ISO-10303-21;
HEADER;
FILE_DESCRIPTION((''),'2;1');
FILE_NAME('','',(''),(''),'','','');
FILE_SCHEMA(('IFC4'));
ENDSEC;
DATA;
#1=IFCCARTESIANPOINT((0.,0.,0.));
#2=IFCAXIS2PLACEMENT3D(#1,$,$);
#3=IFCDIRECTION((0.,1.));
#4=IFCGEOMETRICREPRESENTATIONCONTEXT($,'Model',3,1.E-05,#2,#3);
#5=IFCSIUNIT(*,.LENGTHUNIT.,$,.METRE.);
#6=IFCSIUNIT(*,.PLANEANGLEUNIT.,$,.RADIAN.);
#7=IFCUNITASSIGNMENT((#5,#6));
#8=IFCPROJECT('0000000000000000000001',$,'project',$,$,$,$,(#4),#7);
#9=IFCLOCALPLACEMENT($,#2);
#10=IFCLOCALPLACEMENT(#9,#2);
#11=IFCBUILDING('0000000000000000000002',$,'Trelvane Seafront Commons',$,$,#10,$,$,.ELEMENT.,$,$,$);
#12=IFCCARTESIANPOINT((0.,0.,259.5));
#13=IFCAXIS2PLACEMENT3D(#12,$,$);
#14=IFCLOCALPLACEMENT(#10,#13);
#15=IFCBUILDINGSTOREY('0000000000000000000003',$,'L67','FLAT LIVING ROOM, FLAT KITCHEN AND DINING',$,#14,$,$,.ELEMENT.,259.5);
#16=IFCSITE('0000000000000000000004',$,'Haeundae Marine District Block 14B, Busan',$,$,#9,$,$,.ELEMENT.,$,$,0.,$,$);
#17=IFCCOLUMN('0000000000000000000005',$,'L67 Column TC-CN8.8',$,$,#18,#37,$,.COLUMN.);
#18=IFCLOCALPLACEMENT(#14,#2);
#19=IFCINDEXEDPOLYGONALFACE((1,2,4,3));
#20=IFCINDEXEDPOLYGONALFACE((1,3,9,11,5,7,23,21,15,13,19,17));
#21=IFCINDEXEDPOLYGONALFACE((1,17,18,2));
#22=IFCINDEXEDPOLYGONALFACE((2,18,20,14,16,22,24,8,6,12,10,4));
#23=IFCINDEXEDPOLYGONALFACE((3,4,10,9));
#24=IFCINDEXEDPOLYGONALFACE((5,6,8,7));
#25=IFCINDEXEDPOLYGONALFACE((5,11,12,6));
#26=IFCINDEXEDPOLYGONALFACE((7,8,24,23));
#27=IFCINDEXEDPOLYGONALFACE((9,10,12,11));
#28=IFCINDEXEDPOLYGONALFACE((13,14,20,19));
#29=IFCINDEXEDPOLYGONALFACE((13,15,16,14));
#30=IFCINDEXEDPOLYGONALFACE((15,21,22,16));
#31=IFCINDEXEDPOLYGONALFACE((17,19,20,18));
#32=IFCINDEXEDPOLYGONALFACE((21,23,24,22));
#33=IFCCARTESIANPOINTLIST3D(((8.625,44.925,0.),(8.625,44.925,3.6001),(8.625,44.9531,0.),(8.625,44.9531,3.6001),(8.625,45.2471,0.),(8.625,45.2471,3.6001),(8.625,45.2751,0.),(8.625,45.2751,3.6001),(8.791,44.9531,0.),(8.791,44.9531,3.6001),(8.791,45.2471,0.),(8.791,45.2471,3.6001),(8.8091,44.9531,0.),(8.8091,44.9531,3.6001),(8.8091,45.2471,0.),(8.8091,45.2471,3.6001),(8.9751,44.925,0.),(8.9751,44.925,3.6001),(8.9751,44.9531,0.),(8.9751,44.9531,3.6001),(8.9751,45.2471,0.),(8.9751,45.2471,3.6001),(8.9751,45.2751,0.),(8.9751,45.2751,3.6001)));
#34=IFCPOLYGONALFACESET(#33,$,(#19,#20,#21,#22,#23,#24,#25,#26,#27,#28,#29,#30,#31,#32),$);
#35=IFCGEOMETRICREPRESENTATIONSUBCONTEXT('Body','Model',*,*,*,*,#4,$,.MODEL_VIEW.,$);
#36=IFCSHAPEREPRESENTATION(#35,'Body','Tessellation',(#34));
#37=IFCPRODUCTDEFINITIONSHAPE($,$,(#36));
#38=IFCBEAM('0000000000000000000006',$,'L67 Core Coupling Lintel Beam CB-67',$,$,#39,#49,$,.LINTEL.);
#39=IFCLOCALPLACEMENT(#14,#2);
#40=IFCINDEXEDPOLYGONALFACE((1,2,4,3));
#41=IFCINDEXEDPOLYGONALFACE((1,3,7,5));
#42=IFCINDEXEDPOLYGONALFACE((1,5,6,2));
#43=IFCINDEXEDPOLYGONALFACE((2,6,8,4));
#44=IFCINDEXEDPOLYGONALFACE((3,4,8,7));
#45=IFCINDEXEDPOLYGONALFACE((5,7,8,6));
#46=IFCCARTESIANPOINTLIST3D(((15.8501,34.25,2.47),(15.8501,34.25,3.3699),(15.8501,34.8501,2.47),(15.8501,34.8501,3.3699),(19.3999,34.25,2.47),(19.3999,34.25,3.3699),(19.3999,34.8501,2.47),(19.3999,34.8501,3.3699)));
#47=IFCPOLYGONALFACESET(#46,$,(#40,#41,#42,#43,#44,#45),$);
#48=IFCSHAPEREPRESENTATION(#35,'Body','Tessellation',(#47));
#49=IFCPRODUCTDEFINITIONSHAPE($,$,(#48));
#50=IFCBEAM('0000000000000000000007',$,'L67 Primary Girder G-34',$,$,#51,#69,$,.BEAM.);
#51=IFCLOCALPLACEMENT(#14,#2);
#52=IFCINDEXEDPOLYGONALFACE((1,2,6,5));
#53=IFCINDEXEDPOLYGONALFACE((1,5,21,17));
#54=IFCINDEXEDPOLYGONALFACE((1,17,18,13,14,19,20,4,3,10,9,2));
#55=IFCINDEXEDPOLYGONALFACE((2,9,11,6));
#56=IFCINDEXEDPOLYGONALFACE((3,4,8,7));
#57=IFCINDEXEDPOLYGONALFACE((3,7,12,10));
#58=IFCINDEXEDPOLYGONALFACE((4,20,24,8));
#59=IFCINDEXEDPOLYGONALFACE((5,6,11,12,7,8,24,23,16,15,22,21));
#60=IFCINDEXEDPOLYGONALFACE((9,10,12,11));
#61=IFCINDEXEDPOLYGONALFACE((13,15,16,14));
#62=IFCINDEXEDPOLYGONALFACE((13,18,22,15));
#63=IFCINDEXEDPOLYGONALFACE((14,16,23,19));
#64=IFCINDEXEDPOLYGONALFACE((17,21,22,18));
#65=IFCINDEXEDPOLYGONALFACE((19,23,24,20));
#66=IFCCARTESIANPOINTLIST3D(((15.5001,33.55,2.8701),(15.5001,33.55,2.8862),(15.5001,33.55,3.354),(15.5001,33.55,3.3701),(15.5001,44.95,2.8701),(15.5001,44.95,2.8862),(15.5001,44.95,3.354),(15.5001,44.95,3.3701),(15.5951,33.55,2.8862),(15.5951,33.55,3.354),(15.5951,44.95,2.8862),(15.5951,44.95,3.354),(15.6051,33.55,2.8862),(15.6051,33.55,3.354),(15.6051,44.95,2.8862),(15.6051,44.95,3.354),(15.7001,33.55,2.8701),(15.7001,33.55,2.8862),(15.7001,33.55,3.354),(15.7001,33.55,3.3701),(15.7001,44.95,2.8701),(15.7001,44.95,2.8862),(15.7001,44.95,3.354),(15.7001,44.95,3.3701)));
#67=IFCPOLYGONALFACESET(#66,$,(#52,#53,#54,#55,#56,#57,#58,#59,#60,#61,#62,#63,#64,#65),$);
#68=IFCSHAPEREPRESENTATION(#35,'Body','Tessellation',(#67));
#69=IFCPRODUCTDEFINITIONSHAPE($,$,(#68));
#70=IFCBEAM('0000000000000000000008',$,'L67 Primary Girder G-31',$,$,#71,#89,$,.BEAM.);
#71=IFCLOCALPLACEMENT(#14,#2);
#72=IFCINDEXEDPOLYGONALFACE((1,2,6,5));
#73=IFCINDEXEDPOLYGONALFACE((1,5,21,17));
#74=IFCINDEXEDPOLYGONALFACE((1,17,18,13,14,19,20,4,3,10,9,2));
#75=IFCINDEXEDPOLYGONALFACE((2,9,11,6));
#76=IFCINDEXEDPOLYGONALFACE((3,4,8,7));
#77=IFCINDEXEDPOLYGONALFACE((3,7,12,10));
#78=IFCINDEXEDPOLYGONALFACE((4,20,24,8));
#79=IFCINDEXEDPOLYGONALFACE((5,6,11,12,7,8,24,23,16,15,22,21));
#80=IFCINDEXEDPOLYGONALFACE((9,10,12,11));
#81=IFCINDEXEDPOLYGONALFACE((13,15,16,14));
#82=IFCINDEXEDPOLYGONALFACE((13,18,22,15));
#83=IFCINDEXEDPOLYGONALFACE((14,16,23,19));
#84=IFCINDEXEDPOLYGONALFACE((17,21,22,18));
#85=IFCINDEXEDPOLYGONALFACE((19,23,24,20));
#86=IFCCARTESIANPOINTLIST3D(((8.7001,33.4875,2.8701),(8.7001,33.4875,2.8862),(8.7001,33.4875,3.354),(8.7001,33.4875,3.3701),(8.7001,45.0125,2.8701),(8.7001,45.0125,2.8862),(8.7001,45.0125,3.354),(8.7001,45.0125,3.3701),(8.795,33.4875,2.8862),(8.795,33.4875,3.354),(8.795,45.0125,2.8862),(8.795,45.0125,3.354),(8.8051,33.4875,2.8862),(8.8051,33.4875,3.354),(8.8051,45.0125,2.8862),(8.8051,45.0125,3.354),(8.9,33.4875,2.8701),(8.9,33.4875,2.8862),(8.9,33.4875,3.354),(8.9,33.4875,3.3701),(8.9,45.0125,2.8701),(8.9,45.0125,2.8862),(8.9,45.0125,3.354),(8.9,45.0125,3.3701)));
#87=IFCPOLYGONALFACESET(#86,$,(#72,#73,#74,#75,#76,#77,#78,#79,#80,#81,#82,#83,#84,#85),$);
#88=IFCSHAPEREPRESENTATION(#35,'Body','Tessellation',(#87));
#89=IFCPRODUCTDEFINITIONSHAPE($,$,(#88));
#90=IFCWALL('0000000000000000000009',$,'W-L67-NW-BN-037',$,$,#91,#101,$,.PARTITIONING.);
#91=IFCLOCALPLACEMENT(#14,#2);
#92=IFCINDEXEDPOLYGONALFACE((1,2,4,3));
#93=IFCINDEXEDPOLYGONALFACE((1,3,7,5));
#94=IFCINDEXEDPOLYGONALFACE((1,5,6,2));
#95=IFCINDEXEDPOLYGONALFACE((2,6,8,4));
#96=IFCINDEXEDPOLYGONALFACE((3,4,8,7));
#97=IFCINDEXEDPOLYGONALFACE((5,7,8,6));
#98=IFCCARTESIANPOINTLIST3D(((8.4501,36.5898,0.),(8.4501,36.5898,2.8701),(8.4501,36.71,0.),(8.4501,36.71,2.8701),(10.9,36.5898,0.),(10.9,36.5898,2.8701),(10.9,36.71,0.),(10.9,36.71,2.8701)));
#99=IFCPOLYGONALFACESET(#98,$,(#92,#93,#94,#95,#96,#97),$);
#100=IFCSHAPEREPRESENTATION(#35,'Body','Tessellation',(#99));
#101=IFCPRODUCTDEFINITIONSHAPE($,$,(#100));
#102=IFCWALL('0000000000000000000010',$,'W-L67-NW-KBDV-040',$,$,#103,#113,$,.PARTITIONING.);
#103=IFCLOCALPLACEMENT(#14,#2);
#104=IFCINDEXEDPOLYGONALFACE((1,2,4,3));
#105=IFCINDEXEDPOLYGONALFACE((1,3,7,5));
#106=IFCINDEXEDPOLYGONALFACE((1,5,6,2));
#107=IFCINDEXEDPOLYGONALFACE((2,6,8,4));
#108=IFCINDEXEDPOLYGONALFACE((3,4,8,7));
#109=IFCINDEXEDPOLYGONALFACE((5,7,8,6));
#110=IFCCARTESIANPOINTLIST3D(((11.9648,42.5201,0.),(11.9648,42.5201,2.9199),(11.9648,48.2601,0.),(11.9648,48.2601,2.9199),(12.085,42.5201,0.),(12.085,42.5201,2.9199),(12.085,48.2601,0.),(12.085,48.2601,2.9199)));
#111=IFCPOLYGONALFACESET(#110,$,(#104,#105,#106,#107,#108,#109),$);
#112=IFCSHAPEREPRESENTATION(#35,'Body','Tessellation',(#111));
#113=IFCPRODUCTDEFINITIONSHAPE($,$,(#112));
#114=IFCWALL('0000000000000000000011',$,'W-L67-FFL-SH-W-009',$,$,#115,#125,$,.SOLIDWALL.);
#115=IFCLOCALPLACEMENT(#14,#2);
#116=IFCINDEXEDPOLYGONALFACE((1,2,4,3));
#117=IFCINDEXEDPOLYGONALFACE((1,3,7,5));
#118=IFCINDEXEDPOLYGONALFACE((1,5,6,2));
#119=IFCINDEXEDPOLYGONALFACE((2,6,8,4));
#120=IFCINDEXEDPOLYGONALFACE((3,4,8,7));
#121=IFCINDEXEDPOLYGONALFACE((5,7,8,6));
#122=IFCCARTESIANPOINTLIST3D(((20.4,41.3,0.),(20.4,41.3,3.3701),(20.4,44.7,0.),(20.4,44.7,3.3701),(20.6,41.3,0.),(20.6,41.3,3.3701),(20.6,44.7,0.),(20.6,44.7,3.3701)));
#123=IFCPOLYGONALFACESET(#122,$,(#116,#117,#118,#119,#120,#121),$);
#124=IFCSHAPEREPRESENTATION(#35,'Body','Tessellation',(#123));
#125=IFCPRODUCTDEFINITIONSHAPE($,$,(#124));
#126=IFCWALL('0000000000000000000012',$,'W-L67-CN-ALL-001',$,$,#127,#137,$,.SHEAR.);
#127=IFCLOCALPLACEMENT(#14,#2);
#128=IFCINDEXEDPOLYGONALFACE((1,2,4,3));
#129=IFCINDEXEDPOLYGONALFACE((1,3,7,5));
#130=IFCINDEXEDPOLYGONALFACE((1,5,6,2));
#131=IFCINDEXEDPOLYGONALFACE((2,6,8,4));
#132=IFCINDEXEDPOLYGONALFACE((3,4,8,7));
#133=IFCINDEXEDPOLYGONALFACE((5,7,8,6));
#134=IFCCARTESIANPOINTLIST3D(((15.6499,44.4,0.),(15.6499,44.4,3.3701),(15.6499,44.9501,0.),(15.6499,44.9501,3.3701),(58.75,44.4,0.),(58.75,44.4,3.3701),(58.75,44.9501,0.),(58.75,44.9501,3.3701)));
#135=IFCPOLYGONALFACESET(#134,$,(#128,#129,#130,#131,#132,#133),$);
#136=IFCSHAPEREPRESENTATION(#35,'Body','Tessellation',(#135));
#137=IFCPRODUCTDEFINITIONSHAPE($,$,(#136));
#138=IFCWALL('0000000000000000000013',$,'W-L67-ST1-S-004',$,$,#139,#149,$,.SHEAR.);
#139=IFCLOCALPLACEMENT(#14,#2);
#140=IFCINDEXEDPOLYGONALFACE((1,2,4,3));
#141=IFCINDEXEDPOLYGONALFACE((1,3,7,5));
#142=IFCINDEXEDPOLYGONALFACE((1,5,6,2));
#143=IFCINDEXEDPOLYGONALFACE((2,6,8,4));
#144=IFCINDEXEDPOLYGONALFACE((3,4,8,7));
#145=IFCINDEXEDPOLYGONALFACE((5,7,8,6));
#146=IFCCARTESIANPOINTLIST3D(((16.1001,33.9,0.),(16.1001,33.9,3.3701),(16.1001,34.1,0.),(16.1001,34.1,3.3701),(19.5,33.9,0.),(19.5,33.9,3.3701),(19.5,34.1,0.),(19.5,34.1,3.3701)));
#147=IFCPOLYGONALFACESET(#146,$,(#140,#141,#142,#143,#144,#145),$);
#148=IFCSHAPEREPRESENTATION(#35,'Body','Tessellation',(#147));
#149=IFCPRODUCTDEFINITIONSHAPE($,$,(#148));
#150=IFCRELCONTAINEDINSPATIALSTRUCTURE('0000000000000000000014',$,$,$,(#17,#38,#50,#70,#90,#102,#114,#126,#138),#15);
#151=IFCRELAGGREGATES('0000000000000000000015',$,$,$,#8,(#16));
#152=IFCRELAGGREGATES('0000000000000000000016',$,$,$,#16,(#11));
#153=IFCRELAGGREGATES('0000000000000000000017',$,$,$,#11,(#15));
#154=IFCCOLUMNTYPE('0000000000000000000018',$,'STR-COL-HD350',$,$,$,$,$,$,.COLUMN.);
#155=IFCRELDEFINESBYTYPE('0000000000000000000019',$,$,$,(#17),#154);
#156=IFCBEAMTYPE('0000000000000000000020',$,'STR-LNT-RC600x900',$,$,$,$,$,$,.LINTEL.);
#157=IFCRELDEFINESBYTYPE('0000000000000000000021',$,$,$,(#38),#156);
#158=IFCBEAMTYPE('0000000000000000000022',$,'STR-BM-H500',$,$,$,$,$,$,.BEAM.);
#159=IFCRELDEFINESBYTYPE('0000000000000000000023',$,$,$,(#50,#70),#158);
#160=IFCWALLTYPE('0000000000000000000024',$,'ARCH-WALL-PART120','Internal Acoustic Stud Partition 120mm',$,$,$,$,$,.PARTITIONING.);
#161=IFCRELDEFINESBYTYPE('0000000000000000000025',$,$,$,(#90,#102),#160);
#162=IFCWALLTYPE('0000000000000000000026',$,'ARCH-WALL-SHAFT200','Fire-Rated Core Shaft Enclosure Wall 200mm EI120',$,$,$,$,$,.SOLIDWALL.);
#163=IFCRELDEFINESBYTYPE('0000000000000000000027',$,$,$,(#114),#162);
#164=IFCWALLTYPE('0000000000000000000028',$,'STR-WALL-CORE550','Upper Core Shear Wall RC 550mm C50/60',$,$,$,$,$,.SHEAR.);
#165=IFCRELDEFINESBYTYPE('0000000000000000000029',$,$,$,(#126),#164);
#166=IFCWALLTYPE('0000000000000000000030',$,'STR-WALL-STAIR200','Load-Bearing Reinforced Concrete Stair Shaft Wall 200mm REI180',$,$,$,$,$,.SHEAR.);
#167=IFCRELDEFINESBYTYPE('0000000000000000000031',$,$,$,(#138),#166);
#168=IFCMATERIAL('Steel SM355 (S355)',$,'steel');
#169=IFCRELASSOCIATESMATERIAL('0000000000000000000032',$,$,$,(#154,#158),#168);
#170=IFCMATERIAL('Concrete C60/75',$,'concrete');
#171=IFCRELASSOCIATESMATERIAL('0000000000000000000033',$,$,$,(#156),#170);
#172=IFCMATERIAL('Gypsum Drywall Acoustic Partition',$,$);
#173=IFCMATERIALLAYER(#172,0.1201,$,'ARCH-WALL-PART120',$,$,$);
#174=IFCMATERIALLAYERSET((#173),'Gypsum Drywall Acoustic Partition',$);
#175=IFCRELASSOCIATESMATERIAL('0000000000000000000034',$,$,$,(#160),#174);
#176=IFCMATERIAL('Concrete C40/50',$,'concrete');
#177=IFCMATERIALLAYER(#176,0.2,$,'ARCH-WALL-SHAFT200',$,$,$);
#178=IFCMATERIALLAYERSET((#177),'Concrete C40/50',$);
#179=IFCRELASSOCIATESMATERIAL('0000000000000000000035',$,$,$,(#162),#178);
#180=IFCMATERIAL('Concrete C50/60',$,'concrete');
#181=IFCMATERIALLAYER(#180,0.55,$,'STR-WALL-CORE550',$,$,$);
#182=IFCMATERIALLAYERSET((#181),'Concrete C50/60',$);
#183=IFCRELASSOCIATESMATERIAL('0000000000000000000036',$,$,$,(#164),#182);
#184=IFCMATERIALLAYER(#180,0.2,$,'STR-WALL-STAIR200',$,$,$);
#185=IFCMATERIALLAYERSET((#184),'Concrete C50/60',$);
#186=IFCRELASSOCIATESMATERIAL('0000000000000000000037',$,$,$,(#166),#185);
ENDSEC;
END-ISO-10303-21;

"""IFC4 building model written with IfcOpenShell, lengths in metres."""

from ifc_helpers import new_model, si_unit, direction, frame, frame_2d, origin, origin_2d, place, context, subcontext, project, spatial, rectangle, i_section, extrude, source, transform, mapped, material, layer, layer_set, material_profile, profile_set, type_object, element, save


model = new_model("IFC4")

# Units and contexts
model_context = context("Model", 3, precision=1e-05, world=origin(), true_north=direction((0.0, 1.0)))
body_context = subcontext(model_context, "Body", "Model", "MODEL_VIEW")
ifc_project = project(units=[si_unit("LENGTHUNIT", "METRE"), si_unit("PLANEANGLEUNIT", "RADIAN")], contexts=[model_context])

# Site, building, storey
site_placement = place(None, origin())
site = spatial("IfcSite", under=ifc_project, at=site_placement, Name="Haeundae Marine District Block 14B, Busan", CompositionType="ELEMENT", RefElevation=0.0)
building_placement = place(site_placement, origin())
building = spatial("IfcBuilding", under=site, at=building_placement, Name="Trelvane Seafront Commons", CompositionType="ELEMENT")
storey_placement = place(building_placement, frame((0.0, 0.0, 259.5)))
storey = spatial("IfcBuildingStorey", under=building, at=storey_placement, Name="L67", Description="FLAT LIVING ROOM, FLAT KITCHEN AND DINING", CompositionType="ELEMENT", Elevation=259.5)

# Column
ifc_material_1 = material(Name="Steel SM355 (S355)", Category="steel")
ifc_material_profile_1 = material_profile(ifc_material_1, i_section(OverallWidth=0.3501, OverallDepth=0.3501, WebThickness=0.0181, FlangeThickness=0.0281, at=origin_2d()), Name="HD-350x350x18x28")
ifc_profile_set_1 = profile_set([ifc_material_profile_1], Name="Steel SM355 (S355)")
column_type = type_object("IfcColumnType", Name="STR-COL-HD350", PredefinedType="COLUMN", material=ifc_profile_set_1)
shared_shape_1 = source(origin(), body_context, "Body", "SweptSolid", [
    extrude(i_section(OverallWidth=0.3501, OverallDepth=0.3501, WebThickness=0.0181, FlangeThickness=0.0281, at=origin_2d()), origin(), (0.0, 0.0, 1.0), 3.6001),
])
column_placement = place(storey_placement, frame((8.8, 45.1001, 0.0), z_axis=(0.0, 0.0, 1.0), x_axis=(1.0, 0.0, 0.0)))
element("IfcColumn", 1, at=column_placement, inside=storey, type_object=column_type, Name="L67 Column TC-CN8.8", PredefinedType="COLUMN", context=body_context, shape_type="MappedRepresentation", body=[
    mapped(shared_shape_1, transform((0.0, 0.0, 0.0), x_axis=(1.0, 0.0, 0.0), y_axis=(0.0, 1.0, 0.0), z_axis=(0.0, 0.0, 1.0), scale=1.0)),
])

# Beams
ifc_material_2 = material(Name="Concrete C60/75", Category="concrete")
ifc_material_profile_2 = material_profile(ifc_material_2, rectangle(XDim=0.6001, YDim=0.8999, at=origin_2d()), Name="RC-600x900")
ifc_profile_set_2 = profile_set([ifc_material_profile_2], Name="Concrete C60/75")
beam_type_1 = type_object("IfcBeamType", Name="STR-LNT-RC600x900", PredefinedType="LINTEL", material=ifc_profile_set_2)
shared_shape_2 = source(origin(), body_context, "Body", "SweptSolid", [
    extrude(rectangle(XDim=0.6001, YDim=0.8999, at=origin_2d()), origin(), (0.0, 0.0, 1.0), 3.5498),
])
beam_1_placement = place(storey_placement, frame((15.8501, 34.55, 2.9199), z_axis=(1.0, 0.0, 0.0), x_axis=(0.0, 1.0, 0.0)))
element("IfcBeam", 2, at=beam_1_placement, inside=storey, type_object=beam_type_1, Name="L67 Core Coupling Lintel Beam CB-67", PredefinedType="LINTEL", context=body_context, shape_type="MappedRepresentation", body=[
    mapped(shared_shape_2, transform((0.0, 0.0, 0.0), x_axis=(1.0, 0.0, 0.0), y_axis=(0.0, 1.0, 0.0), z_axis=(0.0, 0.0, 1.0), scale=1.0)),
])
ifc_material_profile_3 = material_profile(ifc_material_1, i_section(OverallWidth=0.2, OverallDepth=0.5, WebThickness=0.01, FlangeThickness=0.0161, at=origin_2d()), Name="H-500x200x10x16")
ifc_profile_set_3 = profile_set([ifc_material_profile_3], Name="Steel SM355 (S355)")
beam_type_2 = type_object("IfcBeamType", Name="STR-BM-H500", PredefinedType="BEAM", material=ifc_profile_set_3)
shared_shape_3 = source(origin(), body_context, "Body", "SweptSolid", [
    extrude(i_section(OverallWidth=0.2, OverallDepth=0.5, WebThickness=0.01, FlangeThickness=0.0161, at=origin_2d()), origin(), (0.0, 0.0, 1.0), 11.3999),
])
beam_2_placement = place(storey_placement, frame((15.6001, 33.55, 3.1201), z_axis=(0.0, 1.0, 0.0), x_axis=(-1.0, 0.0, 0.0)))
element("IfcBeam", 3, at=beam_2_placement, inside=storey, type_object=beam_type_2, Name="L67 Primary Girder G-34", PredefinedType="BEAM", context=body_context, shape_type="MappedRepresentation", body=[
    mapped(shared_shape_3, transform((0.0, 0.0, 0.0), x_axis=(1.0, 0.0, 0.0), y_axis=(0.0, 1.0, 0.0), z_axis=(0.0, 0.0, 1.0), scale=1.0)),
])
shared_shape_4 = source(origin(), body_context, "Body", "SweptSolid", [
    extrude(i_section(OverallWidth=0.2, OverallDepth=0.5, WebThickness=0.01, FlangeThickness=0.0161, at=origin_2d()), origin(), (0.0, 0.0, 1.0), 11.5249),
])
beam_3_placement = place(storey_placement, frame((8.8, 33.4875, 3.1201), z_axis=(0.0, 1.0, 0.0), x_axis=(-1.0, 0.0, 0.0)))
element("IfcBeam", 4, at=beam_3_placement, inside=storey, type_object=beam_type_2, Name="L67 Primary Girder G-31", PredefinedType="BEAM", context=body_context, shape_type="MappedRepresentation", body=[
    mapped(shared_shape_4, transform((0.0, 0.0, 0.0), x_axis=(1.0, 0.0, 0.0), y_axis=(0.0, 1.0, 0.0), z_axis=(0.0, 0.0, 1.0), scale=1.0)),
])

# Wall
ifc_material_3 = material(Name="Gypsum Drywall Acoustic Partition")
ifc_layer_1 = layer(ifc_material_3, 0.1201, Name="ARCH-WALL-PART120")
ifc_layer_set_1 = layer_set([ifc_layer_1], Name="Gypsum Drywall Acoustic Partition")
wall_type_1 = type_object("IfcWallType", Name="ARCH-WALL-PART120", Description="Internal Acoustic Stud Partition 120mm", PredefinedType="PARTITIONING", material=ifc_layer_set_1)
wall_1_placement = place(storey_placement, frame((8.45, 36.6499, 0.0), z_axis=(0.0, 0.0, 1.0), x_axis=(1.0, 0.0, 0.0)))
element("IfcWall", 5, at=wall_1_placement, inside=storey, type_object=wall_type_1, Name="W-L67-NW-BN-037", PredefinedType="PARTITIONING", context=body_context, shape_type="SweptSolid", body=[
    extrude(rectangle(XDim=2.45, YDim=0.1201, at=frame_2d((1.2251, 0.0))), origin(), (0.0, 0.0, 1.0), 2.8701),
])

# Wall
wall_2_placement = place(storey_placement, frame((12.0249, 42.52, 0.0), z_axis=(0.0, 0.0, 1.0), x_axis=(0.0, 1.0, 0.0)))
element("IfcWall", 6, at=wall_2_placement, inside=storey, type_object=wall_type_1, Name="W-L67-NW-KBDV-040", PredefinedType="PARTITIONING", context=body_context, shape_type="SweptSolid", body=[
    extrude(rectangle(XDim=5.74, YDim=0.1201, at=frame_2d((2.8701, 0.0))), origin(), (0.0, 0.0, 1.0), 2.9199),
])

# Shared definitions
ifc_material_4 = material(Name="Concrete C40/50", Category="concrete")
ifc_layer_2 = layer(ifc_material_4, 0.2, Name="ARCH-WALL-SHAFT200")
ifc_layer_set_2 = layer_set([ifc_layer_2], Name="Concrete C40/50")
wall_type_2 = type_object("IfcWallType", Name="ARCH-WALL-SHAFT200", Description="Fire-Rated Core Shaft Enclosure Wall 200mm EI120", PredefinedType="SOLIDWALL", material=ifc_layer_set_2)

# Walls
wall_3_placement = place(storey_placement, frame((20.5, 41.3, 0.0), z_axis=(0.0, 0.0, 1.0), x_axis=(0.0, 1.0, 0.0)))
element("IfcWall", 7, at=wall_3_placement, inside=storey, type_object=wall_type_2, Name="W-L67-FFL-SH-W-009", PredefinedType="SOLIDWALL", context=body_context, shape_type="SweptSolid", body=[
    extrude(rectangle(XDim=3.3999, YDim=0.2, at=frame_2d((1.7, 0.0))), origin(), (0.0, 0.0, 1.0), 3.3701),
])
ifc_material_5 = material(Name="Concrete C50/60", Category="concrete")
ifc_layer_3 = layer(ifc_material_5, 0.55, Name="STR-WALL-CORE550")
ifc_layer_set_3 = layer_set([ifc_layer_3], Name="Concrete C50/60")
wall_type_3 = type_object("IfcWallType", Name="STR-WALL-CORE550", Description="Upper Core Shear Wall RC 550mm C50/60", PredefinedType="SHEAR", material=ifc_layer_set_3)
wall_4_placement = place(storey_placement, frame((15.6499, 44.675, 0.0), z_axis=(0.0, 0.0, 1.0), x_axis=(1.0, 0.0, 0.0)))
element("IfcWall", 8, at=wall_4_placement, inside=storey, type_object=wall_type_3, Name="W-L67-CN-ALL-001", PredefinedType="SHEAR", context=body_context, shape_type="SweptSolid", body=[
    extrude(rectangle(XDim=43.1001, YDim=0.55, at=frame_2d((21.55, 0.0))), origin(), (0.0, 0.0, 1.0), 3.3701),
])
ifc_layer_4 = layer(ifc_material_5, 0.2, Name="STR-WALL-STAIR200")
ifc_layer_set_4 = layer_set([ifc_layer_4], Name="Concrete C50/60")
wall_type_4 = type_object("IfcWallType", Name="STR-WALL-STAIR200", Description="Load-Bearing Reinforced Concrete Stair Shaft Wall 200mm REI180", PredefinedType="SHEAR", material=ifc_layer_set_4)
wall_5_placement = place(storey_placement, frame((16.1001, 34.0, 0.0), z_axis=(0.0, 0.0, 1.0), x_axis=(1.0, 0.0, 0.0)))
element("IfcWall", 9, at=wall_5_placement, inside=storey, type_object=wall_type_4, Name="W-L67-ST1-S-004", PredefinedType="SHEAR", context=body_context, shape_type="SweptSolid", body=[
    extrude(rectangle(XDim=3.3999, YDim=0.2, at=frame_2d((1.7, 0.0))), origin(), (0.0, 0.0, 1.0), 3.3701),
])

save(model, "model.ifc")
